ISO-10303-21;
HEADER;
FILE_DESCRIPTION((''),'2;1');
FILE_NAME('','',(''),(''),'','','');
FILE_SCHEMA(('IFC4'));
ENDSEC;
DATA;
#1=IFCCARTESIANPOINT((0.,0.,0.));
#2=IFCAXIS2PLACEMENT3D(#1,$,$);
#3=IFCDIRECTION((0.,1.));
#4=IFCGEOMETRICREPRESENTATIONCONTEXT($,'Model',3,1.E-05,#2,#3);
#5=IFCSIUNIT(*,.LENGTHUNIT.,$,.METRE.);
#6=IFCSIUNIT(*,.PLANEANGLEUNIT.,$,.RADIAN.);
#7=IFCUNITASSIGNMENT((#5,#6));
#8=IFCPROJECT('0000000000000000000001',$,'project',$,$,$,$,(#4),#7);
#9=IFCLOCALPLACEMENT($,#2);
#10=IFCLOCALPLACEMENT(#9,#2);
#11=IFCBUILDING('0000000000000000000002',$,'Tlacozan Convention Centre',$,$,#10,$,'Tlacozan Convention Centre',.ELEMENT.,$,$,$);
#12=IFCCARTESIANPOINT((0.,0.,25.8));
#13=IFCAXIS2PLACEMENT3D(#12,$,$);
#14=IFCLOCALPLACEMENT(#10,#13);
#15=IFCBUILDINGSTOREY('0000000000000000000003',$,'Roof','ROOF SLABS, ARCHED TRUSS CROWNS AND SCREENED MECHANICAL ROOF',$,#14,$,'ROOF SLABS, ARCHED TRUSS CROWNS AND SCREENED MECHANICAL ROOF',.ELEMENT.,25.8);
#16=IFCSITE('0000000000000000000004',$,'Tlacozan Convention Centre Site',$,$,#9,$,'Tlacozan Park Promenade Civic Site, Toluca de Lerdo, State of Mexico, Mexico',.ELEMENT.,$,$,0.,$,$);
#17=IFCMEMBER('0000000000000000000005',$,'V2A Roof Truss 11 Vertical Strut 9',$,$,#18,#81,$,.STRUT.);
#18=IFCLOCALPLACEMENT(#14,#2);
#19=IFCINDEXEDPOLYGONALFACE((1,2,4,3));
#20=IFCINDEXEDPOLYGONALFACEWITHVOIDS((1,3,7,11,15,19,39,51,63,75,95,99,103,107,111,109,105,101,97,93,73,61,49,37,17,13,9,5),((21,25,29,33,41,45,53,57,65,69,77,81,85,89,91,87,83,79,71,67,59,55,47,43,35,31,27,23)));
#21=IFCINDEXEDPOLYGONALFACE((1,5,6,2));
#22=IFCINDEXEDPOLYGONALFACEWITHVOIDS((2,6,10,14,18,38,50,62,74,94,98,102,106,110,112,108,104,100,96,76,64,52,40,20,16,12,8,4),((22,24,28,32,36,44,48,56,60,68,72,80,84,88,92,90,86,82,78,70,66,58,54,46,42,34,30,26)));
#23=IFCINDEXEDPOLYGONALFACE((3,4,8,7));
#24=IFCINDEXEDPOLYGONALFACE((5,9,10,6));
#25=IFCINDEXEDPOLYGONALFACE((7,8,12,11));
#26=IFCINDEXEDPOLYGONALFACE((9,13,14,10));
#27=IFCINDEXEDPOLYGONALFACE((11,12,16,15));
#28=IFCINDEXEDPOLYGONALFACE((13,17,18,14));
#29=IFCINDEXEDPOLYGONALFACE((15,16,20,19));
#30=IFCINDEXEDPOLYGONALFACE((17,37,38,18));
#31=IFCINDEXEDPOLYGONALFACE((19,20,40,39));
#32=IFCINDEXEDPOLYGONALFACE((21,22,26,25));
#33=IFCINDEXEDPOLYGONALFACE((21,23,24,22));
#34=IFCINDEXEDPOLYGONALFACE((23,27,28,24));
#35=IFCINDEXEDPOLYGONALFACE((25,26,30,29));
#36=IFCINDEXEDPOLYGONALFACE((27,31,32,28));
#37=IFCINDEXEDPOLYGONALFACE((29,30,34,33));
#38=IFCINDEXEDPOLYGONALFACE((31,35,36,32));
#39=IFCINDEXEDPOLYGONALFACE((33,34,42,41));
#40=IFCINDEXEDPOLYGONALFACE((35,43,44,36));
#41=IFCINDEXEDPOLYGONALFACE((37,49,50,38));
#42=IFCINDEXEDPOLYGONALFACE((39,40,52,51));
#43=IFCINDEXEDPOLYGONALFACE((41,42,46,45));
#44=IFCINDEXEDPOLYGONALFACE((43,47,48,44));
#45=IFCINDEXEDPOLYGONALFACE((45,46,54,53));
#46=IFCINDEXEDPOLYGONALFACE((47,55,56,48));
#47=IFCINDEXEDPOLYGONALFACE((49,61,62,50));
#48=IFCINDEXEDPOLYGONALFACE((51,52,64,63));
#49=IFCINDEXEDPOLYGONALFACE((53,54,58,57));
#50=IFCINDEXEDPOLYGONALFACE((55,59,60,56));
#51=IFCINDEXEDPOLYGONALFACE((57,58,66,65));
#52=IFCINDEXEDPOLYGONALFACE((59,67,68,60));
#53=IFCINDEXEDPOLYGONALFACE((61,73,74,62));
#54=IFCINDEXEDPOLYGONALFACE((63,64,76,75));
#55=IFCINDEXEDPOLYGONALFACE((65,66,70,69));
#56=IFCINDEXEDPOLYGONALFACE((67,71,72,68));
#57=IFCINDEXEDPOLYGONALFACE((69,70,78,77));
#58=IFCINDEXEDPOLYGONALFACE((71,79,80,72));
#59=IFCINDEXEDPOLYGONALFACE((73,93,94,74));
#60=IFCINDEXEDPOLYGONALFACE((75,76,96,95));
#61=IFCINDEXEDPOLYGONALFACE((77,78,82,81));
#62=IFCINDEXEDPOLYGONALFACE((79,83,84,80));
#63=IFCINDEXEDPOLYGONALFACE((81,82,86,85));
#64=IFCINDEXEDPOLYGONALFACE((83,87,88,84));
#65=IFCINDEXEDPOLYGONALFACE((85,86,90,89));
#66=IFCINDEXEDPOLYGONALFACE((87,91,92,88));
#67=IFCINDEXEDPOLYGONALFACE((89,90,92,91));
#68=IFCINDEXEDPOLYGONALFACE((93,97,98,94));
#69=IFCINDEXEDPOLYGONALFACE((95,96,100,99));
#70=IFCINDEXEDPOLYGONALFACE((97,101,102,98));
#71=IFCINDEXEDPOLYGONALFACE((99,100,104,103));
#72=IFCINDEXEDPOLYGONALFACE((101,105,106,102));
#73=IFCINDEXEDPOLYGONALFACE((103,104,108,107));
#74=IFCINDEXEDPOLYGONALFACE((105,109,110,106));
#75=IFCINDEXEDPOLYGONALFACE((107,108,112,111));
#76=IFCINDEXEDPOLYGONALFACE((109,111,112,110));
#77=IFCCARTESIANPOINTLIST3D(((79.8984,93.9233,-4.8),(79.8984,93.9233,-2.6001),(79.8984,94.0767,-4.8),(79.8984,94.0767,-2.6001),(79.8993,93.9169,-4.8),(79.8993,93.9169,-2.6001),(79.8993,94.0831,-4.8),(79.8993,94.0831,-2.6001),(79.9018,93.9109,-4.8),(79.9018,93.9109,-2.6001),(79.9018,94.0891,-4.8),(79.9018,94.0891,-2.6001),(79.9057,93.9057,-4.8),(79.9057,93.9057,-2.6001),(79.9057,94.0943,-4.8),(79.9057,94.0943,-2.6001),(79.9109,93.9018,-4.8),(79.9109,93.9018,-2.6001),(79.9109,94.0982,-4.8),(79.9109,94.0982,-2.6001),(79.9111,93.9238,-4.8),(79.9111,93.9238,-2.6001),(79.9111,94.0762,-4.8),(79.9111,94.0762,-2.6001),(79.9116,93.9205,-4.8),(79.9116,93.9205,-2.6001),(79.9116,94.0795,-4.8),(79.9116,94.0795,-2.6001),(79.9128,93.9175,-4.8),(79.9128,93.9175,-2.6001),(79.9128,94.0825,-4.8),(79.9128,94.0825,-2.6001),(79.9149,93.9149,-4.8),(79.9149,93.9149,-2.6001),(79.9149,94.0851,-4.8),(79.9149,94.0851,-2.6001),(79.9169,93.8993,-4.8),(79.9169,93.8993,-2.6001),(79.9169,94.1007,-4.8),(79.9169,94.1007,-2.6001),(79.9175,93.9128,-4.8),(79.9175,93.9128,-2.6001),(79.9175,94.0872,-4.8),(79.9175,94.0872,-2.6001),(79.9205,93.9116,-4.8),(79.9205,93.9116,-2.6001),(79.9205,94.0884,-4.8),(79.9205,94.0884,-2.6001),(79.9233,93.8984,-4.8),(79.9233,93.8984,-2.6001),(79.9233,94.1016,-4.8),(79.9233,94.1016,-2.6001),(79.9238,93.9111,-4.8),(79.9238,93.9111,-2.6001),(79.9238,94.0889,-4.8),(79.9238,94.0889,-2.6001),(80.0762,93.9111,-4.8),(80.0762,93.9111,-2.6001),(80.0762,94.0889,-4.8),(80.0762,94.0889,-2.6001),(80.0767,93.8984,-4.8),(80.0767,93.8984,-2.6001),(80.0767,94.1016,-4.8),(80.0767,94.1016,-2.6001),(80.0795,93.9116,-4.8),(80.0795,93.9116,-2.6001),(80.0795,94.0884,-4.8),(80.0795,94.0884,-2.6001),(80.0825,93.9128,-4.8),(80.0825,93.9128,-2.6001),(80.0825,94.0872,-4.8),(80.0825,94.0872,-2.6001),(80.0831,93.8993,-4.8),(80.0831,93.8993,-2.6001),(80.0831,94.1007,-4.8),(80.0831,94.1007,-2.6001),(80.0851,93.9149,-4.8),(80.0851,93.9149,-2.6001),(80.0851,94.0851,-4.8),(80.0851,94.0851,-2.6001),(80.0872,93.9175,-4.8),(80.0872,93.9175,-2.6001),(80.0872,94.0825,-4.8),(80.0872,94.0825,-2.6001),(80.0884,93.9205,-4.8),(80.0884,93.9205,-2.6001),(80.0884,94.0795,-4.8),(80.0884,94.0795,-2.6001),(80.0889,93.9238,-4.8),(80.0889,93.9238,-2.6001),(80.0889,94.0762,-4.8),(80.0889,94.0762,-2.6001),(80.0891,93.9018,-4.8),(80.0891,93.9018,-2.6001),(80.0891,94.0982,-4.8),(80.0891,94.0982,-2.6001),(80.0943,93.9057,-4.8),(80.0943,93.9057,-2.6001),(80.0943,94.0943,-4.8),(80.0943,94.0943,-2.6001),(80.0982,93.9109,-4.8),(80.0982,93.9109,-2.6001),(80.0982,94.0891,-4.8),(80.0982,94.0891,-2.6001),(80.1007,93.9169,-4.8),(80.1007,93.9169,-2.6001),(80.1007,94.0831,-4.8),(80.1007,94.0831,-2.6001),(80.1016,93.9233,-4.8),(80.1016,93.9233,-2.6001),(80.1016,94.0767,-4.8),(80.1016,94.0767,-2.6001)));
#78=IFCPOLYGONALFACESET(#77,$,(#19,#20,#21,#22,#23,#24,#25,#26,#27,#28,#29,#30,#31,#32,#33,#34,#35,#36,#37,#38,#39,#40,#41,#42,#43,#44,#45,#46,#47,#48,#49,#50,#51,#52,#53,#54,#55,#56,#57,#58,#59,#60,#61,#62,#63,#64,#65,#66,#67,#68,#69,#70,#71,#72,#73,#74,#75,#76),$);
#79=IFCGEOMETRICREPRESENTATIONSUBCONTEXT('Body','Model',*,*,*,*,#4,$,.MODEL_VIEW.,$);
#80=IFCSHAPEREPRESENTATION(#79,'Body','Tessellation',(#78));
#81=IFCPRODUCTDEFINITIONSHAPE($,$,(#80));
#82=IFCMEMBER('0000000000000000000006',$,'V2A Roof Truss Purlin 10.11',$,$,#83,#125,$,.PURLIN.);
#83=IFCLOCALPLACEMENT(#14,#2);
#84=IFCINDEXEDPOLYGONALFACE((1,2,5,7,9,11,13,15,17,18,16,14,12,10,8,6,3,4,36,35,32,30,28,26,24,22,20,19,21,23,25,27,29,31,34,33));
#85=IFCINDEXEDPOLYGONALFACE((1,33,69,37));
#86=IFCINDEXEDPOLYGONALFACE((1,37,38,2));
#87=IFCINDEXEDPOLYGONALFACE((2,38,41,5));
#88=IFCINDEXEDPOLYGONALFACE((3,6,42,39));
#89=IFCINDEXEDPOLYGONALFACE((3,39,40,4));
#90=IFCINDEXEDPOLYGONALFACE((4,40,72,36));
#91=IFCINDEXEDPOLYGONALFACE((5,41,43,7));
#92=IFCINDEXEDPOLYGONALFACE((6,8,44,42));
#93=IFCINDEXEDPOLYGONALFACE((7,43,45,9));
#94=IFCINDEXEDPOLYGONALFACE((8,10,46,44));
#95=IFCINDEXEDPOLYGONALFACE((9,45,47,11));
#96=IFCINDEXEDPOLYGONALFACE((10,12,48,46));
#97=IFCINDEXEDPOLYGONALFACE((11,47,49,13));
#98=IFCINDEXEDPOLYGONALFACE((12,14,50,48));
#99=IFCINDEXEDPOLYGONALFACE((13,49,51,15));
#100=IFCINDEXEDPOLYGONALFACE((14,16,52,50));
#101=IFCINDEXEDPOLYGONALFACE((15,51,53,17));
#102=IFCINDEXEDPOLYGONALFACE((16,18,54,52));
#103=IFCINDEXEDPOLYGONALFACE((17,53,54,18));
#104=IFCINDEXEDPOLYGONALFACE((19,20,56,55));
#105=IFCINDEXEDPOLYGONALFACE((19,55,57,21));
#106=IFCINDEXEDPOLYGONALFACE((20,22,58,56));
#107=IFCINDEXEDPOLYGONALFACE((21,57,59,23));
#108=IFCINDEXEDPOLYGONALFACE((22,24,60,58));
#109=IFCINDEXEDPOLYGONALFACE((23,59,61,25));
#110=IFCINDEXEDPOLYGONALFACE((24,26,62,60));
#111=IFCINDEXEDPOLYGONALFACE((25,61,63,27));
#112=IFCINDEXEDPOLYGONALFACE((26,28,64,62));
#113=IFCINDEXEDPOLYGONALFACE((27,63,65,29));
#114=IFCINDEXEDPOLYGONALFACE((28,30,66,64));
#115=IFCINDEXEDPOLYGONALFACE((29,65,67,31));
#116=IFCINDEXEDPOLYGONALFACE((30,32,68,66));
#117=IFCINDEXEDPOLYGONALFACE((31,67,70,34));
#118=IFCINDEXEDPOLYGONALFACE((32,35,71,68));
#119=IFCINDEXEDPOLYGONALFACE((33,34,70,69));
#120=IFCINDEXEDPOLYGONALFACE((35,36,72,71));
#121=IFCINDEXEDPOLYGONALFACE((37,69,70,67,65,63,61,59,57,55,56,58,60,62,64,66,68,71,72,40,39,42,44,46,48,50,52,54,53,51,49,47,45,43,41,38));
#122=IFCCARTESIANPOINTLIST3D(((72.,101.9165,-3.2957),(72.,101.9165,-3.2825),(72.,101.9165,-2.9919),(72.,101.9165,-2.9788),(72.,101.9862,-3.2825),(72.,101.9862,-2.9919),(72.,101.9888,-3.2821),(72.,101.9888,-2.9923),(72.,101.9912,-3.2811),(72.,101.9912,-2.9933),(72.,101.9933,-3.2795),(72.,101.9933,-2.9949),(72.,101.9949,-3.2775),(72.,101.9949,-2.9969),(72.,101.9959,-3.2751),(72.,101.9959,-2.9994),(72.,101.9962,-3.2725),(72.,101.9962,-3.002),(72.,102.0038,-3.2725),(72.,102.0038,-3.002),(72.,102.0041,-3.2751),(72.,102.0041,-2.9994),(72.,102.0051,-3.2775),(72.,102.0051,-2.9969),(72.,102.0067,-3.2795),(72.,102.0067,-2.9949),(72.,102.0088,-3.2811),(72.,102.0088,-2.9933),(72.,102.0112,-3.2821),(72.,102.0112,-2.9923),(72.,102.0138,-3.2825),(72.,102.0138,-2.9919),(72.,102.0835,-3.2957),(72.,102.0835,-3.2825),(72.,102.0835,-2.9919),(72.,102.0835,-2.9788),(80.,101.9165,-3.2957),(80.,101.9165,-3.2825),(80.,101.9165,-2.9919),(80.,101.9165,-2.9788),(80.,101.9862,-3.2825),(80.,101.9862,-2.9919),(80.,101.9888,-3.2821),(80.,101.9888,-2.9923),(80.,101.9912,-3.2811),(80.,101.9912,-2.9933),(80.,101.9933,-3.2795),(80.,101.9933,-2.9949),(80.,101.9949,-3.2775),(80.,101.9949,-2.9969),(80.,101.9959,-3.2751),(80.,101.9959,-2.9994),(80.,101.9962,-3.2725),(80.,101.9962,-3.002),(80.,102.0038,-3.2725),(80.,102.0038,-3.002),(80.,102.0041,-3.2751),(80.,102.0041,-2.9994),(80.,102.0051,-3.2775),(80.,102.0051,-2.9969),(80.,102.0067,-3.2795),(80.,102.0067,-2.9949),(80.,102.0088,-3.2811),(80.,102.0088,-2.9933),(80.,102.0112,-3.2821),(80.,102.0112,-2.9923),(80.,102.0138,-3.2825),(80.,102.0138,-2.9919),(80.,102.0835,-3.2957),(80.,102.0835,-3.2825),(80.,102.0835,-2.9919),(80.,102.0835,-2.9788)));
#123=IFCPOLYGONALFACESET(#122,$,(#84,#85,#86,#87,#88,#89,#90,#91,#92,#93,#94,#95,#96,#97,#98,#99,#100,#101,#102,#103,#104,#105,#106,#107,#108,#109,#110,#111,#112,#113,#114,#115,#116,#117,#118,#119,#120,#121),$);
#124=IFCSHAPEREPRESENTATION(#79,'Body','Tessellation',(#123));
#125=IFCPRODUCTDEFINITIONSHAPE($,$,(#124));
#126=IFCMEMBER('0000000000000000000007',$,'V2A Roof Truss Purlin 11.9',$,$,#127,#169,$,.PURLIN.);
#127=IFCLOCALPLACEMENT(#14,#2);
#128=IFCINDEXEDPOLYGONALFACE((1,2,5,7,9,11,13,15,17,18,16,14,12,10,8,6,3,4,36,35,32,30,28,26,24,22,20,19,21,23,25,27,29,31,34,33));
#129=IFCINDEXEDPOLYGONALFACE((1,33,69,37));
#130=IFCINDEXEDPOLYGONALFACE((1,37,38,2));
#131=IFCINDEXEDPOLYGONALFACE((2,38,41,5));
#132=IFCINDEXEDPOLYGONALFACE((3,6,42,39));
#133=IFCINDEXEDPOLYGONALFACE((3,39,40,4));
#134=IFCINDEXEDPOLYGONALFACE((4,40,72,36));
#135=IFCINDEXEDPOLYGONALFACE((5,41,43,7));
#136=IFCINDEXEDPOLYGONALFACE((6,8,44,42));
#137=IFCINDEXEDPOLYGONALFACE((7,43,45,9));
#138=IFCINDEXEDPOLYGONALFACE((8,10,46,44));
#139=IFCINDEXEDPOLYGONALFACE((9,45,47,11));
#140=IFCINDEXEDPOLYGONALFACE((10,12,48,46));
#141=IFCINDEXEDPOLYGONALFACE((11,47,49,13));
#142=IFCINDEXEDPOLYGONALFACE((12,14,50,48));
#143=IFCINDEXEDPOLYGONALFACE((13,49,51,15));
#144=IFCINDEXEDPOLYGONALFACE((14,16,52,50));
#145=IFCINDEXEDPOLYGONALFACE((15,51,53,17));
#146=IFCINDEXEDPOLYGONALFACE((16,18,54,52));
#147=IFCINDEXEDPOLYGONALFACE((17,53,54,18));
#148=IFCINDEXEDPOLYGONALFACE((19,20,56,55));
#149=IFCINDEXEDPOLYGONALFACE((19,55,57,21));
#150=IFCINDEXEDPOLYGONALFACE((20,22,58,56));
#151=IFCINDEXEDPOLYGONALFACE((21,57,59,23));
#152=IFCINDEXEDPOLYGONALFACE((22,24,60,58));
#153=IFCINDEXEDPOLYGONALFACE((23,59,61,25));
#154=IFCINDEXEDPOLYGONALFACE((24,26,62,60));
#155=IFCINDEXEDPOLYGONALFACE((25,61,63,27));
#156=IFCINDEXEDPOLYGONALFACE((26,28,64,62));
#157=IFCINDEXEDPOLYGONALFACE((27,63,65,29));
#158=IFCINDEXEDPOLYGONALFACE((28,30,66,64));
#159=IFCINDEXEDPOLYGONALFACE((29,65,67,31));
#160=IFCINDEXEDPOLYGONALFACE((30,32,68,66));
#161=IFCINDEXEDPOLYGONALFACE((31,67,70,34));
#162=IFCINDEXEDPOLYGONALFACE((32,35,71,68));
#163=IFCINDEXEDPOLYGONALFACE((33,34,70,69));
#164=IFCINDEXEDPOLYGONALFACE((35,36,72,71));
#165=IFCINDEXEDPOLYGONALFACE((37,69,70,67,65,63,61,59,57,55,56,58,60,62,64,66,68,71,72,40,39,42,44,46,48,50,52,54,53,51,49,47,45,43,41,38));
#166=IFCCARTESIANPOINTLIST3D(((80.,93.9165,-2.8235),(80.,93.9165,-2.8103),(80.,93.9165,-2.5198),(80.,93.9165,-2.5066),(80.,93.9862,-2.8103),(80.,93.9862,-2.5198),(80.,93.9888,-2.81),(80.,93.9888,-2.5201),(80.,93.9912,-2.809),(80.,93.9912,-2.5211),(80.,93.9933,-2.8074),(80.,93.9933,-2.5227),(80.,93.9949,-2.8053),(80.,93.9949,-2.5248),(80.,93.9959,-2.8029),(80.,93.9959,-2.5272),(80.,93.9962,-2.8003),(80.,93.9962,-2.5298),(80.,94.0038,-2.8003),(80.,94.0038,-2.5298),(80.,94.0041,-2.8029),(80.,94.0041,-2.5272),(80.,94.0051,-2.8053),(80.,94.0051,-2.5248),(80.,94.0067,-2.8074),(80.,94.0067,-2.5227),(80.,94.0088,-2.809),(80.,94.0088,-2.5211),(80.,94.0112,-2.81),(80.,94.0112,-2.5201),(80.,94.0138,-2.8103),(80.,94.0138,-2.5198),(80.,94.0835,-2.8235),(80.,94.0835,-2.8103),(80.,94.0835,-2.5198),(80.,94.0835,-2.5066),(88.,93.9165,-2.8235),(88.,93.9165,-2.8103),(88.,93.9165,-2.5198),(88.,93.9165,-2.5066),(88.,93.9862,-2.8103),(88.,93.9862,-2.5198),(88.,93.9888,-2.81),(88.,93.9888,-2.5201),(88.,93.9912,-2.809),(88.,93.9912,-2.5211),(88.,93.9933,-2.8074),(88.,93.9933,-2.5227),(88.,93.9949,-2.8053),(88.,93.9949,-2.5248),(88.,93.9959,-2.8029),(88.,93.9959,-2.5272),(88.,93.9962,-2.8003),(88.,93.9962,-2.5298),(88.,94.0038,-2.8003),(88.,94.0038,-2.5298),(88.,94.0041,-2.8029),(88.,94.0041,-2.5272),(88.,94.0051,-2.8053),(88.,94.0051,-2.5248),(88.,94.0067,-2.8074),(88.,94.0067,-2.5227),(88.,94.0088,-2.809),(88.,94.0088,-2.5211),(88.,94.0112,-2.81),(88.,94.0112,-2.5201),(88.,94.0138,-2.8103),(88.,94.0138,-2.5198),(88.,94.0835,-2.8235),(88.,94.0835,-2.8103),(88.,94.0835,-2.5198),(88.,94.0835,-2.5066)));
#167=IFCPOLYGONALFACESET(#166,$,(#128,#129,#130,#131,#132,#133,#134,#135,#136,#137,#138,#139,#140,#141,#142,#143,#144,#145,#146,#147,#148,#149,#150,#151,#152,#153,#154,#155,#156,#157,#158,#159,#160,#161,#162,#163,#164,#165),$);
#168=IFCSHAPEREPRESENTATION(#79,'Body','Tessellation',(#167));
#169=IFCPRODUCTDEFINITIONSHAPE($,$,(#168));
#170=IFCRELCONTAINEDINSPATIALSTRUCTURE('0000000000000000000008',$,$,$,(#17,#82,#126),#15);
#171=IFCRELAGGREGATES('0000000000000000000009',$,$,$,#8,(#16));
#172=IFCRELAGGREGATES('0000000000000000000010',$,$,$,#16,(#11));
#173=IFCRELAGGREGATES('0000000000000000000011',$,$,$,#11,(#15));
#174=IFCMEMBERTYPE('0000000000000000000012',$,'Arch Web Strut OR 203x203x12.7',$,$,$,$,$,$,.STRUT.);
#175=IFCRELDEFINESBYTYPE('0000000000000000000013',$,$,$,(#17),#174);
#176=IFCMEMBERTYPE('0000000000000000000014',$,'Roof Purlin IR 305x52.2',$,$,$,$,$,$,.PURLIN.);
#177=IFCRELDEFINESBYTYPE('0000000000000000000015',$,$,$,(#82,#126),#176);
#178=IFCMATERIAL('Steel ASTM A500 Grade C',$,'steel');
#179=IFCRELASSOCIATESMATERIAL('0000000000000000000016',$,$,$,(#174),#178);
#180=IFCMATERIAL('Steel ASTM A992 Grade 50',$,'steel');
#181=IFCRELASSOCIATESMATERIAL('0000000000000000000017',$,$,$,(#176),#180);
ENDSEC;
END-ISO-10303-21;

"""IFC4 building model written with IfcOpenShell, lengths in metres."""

from ifc_helpers import new_model, si_unit, direction, frame, origin, origin_2d, place, context, subcontext, project, spatial, hollow_rectangle, i_section, extrude, material, material_profile, profile_set, type_object, element, save


model = new_model("IFC4")

# Units and contexts
model_context = context("Model", 3, precision=1e-05, world=origin(), true_north=direction((0.0, 1.0)))
body_context = subcontext(model_context, "Body", "Model", "MODEL_VIEW")
ifc_project = project(units=[si_unit("LENGTHUNIT", "METRE"), si_unit("PLANEANGLEUNIT", "RADIAN")], contexts=[model_context])

# Site, building, storey
site_placement = place(None, origin())
site = spatial("IfcSite", under=ifc_project, at=site_placement, Name="Tlacozan Convention Centre Site", LongName="Tlacozan Park Promenade Civic Site, Toluca de Lerdo, State of Mexico, Mexico", CompositionType="ELEMENT", RefElevation=0.0)
building_placement = place(site_placement, origin())
building = spatial("IfcBuilding", under=site, at=building_placement, Name="Tlacozan Convention Centre", LongName="Tlacozan Convention Centre", CompositionType="ELEMENT")
storey_placement = place(building_placement, frame((0.0, 0.0, 25.8)))
storey = spatial("IfcBuildingStorey", under=building, at=storey_placement, Name="Roof", Description="ROOF SLABS, ARCHED TRUSS CROWNS AND SCREENED MECHANICAL ROOF", LongName="ROOF SLABS, ARCHED TRUSS CROWNS AND SCREENED MECHANICAL ROOF", CompositionType="ELEMENT", Elevation=25.8)

# Members
ifc_material_1 = material(Name="Steel ASTM A500 Grade C", Category="steel")
ifc_material_profile_1 = material_profile(ifc_material_1, hollow_rectangle(XDim=0.2031, YDim=0.2031, WallThickness=0.0127, InnerFilletRadius=0.0127, OuterFilletRadius=0.0249, at=origin_2d()), Name="OR 203x203x12.7")
ifc_profile_set_1 = profile_set([ifc_material_profile_1], Name="Steel ASTM A500 Grade C")
member_type_1 = type_object("IfcMemberType", Name="Arch Web Strut OR 203x203x12.7", PredefinedType="STRUT", material=ifc_profile_set_1)
member_1_placement = place(storey_placement, frame((80.0, 94.0, -4.8), z_axis=(0.0, 0.0, 1.0), x_axis=(1.0, 0.0, 0.0)))
element("IfcMember", 1, at=member_1_placement, inside=storey, type_object=member_type_1, Name="V2A Roof Truss 11 Vertical Strut 9", PredefinedType="STRUT", context=body_context, shape_type="SweptSolid", body=[
    extrude(hollow_rectangle(XDim=0.2031, YDim=0.2031, WallThickness=0.0127, InnerFilletRadius=0.0127, OuterFilletRadius=0.0249, at=origin_2d()), origin(), (0.0, 0.0, 1.0), 2.2),
])
ifc_material_2 = material(Name="Steel ASTM A992 Grade 50", Category="steel")
ifc_material_profile_2 = material_profile(ifc_material_2, i_section(OverallWidth=0.167, OverallDepth=0.3169, WebThickness=0.0076, FlangeThickness=0.0132, FilletRadius=0.01, at=origin_2d()), Name="IR 305x52.2")
ifc_profile_set_2 = profile_set([ifc_material_profile_2], Name="Steel ASTM A992 Grade 50")
member_type_2 = type_object("IfcMemberType", Name="Roof Purlin IR 305x52.2", PredefinedType="PURLIN", material=ifc_profile_set_2)
for number, where, z_axis, x_axis, name in (
    (2, (72.0, 102.0, -3.1372), (1.0, 0.0, 0.0), (0.0, 1.0, 0.0), "V2A Roof Truss Purlin 10.11"),
    (3, (80.0, 94.0, -2.665), (1.0, 0.0, 0.0), (0.0, 1.0, 0.0), "V2A Roof Truss Purlin 11.9"),
):
    element("IfcMember", number, at=place(storey_placement, frame(where, z_axis=z_axis, x_axis=x_axis)), inside=storey, type_object=member_type_2, Name=name, PredefinedType="PURLIN", context=body_context, shape_type="SweptSolid", body=[
        extrude(i_section(OverallWidth=0.167, OverallDepth=0.3169, WebThickness=0.0076, FlangeThickness=0.0132, FilletRadius=0.01, at=origin_2d()), origin(), (0.0, 0.0, 1.0), 8.0),
    ])

save(model, "model.ifc")
